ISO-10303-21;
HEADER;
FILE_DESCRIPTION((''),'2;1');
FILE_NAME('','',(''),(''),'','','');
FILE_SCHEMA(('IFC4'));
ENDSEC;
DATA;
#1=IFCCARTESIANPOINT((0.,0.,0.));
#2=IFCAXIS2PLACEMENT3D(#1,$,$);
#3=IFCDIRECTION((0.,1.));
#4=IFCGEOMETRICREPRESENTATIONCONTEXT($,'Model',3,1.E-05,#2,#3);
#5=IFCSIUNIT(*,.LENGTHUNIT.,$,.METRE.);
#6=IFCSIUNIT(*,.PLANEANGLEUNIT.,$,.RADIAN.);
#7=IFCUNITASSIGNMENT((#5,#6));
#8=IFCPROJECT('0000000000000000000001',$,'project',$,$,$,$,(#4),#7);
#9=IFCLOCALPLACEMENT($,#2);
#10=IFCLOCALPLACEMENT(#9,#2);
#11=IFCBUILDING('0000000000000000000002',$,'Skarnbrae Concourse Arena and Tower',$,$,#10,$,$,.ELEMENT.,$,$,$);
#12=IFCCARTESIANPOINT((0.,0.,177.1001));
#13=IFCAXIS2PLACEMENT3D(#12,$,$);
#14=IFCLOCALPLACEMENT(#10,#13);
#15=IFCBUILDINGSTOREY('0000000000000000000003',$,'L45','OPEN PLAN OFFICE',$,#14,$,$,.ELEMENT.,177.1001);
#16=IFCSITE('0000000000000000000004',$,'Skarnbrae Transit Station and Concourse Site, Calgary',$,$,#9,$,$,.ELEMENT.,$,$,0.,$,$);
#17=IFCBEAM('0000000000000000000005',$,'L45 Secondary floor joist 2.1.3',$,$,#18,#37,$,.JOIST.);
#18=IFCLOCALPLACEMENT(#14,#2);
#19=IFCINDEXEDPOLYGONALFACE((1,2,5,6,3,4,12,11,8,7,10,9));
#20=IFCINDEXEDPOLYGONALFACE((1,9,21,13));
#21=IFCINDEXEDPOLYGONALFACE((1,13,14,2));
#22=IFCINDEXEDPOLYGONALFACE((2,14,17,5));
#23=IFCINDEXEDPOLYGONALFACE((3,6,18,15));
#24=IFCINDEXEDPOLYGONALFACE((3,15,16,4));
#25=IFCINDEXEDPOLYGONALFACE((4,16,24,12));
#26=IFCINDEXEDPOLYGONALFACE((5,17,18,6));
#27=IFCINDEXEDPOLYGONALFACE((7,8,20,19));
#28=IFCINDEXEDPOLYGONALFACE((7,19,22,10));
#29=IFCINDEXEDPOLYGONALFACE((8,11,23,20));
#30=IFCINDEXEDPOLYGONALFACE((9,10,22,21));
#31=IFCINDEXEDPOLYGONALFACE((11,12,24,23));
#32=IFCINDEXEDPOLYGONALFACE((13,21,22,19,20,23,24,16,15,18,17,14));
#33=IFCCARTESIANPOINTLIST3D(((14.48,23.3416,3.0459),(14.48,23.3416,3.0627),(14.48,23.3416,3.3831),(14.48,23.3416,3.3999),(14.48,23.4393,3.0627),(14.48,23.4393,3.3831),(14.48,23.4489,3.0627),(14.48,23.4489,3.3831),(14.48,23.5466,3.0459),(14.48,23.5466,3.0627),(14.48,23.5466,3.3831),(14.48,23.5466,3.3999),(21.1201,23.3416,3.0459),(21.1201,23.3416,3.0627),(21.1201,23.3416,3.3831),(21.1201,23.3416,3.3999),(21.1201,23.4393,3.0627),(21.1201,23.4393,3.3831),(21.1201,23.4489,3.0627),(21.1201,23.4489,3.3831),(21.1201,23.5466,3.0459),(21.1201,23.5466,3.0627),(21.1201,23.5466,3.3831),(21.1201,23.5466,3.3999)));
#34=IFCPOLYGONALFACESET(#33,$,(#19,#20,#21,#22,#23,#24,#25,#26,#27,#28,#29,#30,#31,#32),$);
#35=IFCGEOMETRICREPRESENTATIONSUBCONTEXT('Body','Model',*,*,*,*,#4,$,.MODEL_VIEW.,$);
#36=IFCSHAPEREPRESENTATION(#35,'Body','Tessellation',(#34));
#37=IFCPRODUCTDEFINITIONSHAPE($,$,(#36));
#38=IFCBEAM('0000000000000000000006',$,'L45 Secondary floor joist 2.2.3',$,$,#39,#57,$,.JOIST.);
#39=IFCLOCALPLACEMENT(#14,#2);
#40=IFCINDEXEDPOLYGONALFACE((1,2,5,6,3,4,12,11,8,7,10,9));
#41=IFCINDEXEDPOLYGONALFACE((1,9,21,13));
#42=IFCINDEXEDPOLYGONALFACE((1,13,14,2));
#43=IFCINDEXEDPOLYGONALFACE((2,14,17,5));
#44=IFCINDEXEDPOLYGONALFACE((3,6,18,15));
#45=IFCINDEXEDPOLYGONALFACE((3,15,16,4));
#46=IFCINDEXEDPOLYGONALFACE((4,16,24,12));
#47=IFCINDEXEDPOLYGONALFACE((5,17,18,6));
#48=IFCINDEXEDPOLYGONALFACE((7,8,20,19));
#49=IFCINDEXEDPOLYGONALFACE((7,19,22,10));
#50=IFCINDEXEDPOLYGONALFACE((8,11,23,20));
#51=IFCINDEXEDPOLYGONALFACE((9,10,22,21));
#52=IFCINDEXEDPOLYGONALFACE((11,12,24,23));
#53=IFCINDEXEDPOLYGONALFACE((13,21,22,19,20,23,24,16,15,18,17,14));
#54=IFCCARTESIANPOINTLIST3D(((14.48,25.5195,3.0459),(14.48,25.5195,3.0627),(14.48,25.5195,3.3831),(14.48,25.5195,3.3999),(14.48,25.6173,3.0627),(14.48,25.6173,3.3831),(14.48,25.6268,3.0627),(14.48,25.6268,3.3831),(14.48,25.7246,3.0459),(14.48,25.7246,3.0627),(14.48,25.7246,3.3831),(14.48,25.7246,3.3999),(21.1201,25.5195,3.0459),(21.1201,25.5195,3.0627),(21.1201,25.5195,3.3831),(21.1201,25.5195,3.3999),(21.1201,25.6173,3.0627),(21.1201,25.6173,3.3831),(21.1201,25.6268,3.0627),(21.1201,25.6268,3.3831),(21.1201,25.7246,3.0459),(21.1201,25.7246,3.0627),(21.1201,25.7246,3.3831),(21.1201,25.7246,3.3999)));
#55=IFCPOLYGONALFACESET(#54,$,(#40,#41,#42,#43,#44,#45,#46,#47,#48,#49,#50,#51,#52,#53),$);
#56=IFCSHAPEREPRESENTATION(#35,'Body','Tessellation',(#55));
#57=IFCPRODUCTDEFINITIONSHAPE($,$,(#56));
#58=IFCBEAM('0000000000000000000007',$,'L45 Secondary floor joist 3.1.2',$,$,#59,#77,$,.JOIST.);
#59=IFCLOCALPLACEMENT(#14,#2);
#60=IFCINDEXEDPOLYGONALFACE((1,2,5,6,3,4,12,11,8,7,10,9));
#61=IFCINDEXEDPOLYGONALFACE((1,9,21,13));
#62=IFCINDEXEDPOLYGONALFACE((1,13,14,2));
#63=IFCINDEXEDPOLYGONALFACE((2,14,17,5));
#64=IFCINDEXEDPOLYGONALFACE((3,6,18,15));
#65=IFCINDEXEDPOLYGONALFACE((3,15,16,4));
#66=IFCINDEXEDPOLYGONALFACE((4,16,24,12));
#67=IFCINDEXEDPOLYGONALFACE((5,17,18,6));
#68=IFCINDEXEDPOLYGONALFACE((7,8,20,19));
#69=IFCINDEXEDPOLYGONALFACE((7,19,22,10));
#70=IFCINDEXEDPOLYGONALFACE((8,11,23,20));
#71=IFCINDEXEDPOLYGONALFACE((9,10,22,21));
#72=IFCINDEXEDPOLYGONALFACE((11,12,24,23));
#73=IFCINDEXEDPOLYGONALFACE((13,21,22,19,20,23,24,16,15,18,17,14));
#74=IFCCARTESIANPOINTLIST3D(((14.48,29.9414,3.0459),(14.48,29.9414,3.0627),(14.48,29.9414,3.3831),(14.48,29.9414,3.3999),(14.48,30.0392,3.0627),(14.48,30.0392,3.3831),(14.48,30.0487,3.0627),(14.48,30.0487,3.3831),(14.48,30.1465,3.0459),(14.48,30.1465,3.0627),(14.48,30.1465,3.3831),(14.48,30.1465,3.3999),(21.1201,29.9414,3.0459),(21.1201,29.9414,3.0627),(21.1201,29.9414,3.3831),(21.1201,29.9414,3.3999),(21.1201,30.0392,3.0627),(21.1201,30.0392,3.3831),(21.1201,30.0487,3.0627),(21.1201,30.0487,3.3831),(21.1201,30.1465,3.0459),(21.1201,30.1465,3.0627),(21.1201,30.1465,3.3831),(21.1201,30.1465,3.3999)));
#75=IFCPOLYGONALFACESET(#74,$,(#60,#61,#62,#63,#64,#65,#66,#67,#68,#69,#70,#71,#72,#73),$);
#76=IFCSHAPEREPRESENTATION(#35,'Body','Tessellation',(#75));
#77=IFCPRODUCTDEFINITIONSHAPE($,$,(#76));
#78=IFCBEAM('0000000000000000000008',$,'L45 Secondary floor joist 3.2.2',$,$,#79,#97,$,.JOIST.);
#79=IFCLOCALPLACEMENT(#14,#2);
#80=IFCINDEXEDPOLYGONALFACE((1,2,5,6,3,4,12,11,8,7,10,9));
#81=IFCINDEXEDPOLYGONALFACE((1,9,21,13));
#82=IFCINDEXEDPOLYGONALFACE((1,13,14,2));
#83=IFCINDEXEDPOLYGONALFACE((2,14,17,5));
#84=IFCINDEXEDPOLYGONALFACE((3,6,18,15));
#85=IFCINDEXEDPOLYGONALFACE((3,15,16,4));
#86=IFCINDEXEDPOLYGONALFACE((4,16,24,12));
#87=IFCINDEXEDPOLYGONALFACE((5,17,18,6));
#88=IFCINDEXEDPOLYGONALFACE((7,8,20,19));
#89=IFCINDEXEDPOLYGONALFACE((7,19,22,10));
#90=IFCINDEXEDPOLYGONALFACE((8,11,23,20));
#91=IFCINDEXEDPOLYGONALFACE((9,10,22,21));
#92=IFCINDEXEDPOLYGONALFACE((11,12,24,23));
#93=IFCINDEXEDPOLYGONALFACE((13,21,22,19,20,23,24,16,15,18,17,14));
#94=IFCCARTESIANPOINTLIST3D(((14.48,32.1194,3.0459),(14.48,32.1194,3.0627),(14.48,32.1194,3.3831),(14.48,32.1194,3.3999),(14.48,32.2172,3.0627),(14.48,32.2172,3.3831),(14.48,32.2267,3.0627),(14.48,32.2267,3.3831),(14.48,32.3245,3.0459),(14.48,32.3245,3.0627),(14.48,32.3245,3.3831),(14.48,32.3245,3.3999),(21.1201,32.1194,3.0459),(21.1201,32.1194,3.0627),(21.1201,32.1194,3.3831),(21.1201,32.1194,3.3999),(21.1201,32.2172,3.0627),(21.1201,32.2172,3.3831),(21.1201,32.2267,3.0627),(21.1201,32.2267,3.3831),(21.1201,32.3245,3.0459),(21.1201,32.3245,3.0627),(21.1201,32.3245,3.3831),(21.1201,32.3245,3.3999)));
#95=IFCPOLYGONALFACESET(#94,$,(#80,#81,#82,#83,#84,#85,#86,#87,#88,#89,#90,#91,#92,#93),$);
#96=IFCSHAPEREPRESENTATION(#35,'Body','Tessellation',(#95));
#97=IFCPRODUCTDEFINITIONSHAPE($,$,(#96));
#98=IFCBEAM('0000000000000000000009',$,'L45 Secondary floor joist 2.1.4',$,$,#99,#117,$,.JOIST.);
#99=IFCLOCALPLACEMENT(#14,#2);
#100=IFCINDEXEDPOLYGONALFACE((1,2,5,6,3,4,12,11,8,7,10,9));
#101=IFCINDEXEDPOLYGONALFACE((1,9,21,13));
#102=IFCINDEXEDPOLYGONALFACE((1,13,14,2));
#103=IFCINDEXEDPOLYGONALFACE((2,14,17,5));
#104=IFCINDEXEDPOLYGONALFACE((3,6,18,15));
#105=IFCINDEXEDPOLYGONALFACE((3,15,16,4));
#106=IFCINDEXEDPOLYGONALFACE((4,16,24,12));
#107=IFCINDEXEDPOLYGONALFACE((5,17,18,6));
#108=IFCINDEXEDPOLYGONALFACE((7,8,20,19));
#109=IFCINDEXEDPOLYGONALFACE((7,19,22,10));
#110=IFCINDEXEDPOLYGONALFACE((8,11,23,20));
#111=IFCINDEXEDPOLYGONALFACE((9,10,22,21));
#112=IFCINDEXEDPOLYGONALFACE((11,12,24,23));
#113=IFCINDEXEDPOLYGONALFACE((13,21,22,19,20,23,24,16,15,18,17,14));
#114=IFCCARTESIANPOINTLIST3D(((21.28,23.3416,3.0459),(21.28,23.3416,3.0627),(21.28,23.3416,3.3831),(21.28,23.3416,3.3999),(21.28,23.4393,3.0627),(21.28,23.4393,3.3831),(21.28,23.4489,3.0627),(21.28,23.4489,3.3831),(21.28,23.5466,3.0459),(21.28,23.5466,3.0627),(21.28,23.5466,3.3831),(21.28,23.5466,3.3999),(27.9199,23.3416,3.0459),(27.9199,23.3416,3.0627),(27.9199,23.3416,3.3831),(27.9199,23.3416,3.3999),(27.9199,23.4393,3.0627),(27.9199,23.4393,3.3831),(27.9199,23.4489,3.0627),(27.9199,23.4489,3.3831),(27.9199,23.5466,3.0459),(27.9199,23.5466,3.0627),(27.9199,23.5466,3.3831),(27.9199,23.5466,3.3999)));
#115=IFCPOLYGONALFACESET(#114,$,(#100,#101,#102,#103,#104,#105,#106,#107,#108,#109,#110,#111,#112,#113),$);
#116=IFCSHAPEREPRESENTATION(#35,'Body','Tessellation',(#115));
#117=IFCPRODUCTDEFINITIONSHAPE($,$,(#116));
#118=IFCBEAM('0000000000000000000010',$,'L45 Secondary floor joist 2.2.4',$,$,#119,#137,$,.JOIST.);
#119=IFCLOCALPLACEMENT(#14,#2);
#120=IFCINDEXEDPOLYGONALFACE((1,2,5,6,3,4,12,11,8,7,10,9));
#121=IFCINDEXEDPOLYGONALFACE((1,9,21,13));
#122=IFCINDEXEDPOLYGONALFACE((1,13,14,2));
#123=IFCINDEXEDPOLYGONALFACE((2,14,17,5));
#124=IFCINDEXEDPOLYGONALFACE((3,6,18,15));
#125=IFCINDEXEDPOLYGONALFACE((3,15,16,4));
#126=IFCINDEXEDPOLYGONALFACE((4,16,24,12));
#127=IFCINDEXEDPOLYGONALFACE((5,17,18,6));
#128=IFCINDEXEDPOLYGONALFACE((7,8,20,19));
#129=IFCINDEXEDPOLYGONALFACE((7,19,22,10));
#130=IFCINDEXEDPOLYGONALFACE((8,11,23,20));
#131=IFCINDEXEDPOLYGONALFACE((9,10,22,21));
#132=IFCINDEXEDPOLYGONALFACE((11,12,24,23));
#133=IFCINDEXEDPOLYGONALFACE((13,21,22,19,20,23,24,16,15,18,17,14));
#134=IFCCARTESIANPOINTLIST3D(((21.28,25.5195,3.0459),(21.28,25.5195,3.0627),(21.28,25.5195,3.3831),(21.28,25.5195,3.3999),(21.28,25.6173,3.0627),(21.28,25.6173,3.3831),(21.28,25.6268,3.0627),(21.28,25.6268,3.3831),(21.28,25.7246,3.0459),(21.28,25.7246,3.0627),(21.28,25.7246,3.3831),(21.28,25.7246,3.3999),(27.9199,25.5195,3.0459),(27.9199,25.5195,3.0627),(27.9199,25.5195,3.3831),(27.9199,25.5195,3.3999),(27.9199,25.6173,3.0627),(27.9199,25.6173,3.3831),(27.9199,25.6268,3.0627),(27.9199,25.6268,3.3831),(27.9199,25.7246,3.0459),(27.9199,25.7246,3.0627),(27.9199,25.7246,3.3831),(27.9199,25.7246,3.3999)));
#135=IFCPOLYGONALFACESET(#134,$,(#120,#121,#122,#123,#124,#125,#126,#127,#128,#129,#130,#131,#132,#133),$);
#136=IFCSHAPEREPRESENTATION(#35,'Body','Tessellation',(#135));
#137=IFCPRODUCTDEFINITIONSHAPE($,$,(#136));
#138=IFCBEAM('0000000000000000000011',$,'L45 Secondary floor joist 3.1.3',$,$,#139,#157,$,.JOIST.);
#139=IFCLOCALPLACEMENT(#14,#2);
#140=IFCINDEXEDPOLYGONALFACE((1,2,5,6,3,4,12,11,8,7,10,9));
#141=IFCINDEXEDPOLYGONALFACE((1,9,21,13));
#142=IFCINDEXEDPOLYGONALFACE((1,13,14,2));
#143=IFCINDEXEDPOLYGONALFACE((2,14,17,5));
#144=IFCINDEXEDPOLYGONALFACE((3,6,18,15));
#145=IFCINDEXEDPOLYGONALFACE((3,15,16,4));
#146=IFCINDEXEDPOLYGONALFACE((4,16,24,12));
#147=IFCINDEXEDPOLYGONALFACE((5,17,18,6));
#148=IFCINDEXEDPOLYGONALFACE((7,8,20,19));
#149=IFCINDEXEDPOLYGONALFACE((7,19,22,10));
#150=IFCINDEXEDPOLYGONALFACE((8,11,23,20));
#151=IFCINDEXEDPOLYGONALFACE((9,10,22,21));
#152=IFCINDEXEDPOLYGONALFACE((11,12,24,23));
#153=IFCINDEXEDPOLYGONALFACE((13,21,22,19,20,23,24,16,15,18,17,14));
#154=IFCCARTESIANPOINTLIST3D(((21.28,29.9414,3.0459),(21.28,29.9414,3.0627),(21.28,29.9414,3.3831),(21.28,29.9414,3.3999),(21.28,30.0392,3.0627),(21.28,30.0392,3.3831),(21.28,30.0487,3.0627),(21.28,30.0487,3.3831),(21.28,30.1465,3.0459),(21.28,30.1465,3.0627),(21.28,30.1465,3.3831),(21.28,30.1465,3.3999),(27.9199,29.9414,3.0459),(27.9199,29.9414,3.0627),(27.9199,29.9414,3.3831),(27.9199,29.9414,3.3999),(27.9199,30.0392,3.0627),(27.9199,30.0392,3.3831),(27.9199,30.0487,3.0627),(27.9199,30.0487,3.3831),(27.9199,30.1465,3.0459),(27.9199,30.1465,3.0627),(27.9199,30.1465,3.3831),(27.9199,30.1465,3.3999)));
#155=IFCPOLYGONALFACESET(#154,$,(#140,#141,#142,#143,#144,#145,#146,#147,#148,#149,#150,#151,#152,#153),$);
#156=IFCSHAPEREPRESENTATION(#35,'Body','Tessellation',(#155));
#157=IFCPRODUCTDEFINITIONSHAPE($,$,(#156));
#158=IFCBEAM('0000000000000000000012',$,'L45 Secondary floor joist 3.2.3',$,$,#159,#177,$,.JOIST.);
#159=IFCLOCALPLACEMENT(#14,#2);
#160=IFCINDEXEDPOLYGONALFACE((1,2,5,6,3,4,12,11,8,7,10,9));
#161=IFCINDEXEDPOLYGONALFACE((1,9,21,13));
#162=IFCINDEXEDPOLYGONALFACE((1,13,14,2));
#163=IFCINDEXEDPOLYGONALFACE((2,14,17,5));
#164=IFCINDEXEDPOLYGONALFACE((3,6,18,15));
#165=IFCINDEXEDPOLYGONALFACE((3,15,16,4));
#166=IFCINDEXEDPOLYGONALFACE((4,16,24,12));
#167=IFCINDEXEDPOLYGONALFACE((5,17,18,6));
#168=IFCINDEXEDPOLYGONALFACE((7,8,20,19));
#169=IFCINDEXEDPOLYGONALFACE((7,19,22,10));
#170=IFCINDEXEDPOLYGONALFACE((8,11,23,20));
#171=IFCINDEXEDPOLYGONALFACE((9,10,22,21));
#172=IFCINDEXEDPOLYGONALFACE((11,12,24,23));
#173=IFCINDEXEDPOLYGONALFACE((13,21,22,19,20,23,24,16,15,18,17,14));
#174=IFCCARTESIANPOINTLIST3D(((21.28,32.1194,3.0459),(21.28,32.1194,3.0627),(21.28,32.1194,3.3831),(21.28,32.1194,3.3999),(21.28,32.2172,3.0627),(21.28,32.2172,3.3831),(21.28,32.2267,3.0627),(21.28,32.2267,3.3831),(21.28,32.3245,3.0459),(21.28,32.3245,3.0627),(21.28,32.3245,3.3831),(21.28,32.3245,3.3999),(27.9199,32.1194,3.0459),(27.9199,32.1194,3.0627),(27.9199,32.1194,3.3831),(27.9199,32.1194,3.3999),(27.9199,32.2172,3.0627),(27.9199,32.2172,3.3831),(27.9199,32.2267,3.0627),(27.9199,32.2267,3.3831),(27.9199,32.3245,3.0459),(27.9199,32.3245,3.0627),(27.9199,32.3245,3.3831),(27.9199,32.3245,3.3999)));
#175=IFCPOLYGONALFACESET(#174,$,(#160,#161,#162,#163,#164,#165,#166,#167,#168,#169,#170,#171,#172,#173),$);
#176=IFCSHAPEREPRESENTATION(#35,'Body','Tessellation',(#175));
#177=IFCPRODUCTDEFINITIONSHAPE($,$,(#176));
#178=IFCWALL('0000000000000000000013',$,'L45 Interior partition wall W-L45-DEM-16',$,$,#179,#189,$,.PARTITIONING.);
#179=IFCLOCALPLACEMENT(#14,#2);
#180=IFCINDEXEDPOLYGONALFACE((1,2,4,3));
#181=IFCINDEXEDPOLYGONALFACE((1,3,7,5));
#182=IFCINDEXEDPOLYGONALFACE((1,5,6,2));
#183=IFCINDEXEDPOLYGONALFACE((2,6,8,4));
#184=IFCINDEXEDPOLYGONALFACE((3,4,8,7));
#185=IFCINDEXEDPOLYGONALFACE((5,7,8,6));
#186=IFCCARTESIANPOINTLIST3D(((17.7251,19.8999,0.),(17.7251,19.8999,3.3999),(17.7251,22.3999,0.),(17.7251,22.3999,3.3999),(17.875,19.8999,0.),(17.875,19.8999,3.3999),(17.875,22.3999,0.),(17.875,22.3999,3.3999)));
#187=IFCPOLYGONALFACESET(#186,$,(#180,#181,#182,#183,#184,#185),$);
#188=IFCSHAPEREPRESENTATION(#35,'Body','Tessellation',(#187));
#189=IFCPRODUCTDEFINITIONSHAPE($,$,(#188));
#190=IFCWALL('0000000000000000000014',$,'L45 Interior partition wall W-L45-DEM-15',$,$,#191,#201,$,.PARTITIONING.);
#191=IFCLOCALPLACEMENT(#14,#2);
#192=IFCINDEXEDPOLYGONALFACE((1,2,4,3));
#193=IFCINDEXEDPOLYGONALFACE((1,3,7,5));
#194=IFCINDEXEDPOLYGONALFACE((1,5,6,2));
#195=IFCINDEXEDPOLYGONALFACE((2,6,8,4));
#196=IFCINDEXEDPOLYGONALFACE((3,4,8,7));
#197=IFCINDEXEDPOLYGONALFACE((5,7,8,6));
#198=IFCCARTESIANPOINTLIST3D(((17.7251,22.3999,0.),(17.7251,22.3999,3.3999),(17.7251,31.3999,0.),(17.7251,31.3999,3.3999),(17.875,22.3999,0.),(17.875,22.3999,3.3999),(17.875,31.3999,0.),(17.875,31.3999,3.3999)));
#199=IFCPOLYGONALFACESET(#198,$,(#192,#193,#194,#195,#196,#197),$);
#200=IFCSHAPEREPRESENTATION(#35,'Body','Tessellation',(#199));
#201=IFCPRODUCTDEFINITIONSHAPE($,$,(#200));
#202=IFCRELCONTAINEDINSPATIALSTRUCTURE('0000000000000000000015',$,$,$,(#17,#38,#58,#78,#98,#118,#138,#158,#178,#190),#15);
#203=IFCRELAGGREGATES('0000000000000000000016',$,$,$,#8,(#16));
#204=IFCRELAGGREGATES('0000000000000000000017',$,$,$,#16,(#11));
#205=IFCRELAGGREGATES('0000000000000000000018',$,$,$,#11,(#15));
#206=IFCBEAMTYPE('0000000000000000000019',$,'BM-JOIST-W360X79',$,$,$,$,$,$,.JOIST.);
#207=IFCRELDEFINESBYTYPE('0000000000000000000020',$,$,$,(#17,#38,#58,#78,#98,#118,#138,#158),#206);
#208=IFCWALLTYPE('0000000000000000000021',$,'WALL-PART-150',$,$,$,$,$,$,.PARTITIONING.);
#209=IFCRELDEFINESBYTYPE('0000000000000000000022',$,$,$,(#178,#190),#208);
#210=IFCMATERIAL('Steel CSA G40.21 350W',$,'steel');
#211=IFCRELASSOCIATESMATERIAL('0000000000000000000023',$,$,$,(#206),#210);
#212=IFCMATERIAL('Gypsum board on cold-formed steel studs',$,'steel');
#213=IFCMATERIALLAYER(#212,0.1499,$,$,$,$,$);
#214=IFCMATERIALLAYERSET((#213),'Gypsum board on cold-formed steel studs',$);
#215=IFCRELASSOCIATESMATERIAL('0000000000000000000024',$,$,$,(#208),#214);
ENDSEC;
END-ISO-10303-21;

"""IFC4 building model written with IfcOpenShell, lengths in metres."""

from ifc_helpers import new_model, si_unit, direction, frame, frame_2d, origin, origin_2d, place, context, subcontext, project, spatial, rectangle, i_section, extrude, source, transform, mapped, material, layer, layer_set, material_profile, profile_set, type_object, element, save


model = new_model("IFC4")

# Units and contexts
model_context = context("Model", 3, precision=1e-05, world=origin(), true_north=direction((0.0, 1.0)))
body_context = subcontext(model_context, "Body", "Model", "MODEL_VIEW")
ifc_project = project(units=[si_unit("LENGTHUNIT", "METRE"), si_unit("PLANEANGLEUNIT", "RADIAN")], contexts=[model_context])

# Site, building, storey
site_placement = place(None, origin())
site = spatial("IfcSite", under=ifc_project, at=site_placement, Name="Skarnbrae Transit Station and Concourse Site, Calgary", CompositionType="ELEMENT", RefElevation=0.0)
building_placement = place(site_placement, origin())
building = spatial("IfcBuilding", under=site, at=building_placement, Name="Skarnbrae Concourse Arena and Tower", CompositionType="ELEMENT")
storey_placement = place(building_placement, frame((0.0, 0.0, 177.1001)))
storey = spatial("IfcBuildingStorey", under=building, at=storey_placement, Name="L45", Description="OPEN PLAN OFFICE", CompositionType="ELEMENT", Elevation=177.1001)

# Shared definitions
ifc_material_1 = material(Name="Steel CSA G40.21 350W", Category="steel")

# Beams
ifc_material_profile_1 = material_profile(ifc_material_1, i_section(OverallWidth=0.2051, OverallDepth=0.354, WebThickness=0.0095, FlangeThickness=0.0168, at=origin_2d()), Name="W360X79")
ifc_profile_set_1 = profile_set([ifc_material_profile_1], Name="Steel CSA G40.21 350W")
beam_type_1 = type_object("IfcBeamType", Name="BM-JOIST-W360X79", PredefinedType="JOIST", material=ifc_profile_set_1)
shared_shape_1 = source(origin(), body_context, "Body", "SweptSolid", [
    extrude(i_section(OverallWidth=0.2051, OverallDepth=0.354, WebThickness=0.0095, FlangeThickness=0.0168, at=origin_2d()), origin(), (0.0, 0.0, 1.0), 6.6401),
])
for number, where, z_axis, x_axis, name in (
    (1, (14.48, 23.4441, 3.2229), (1.0, 0.0, 0.0), (0.0, 1.0, 0.0), "L45 Secondary floor joist 2.1.3"),
    (2, (14.48, 25.6221, 3.2229), (1.0, 0.0, 0.0), (0.0, 1.0, 0.0), "L45 Secondary floor joist 2.2.3"),
    (3, (14.48, 30.0439, 3.2229), (1.0, 0.0, 0.0), (0.0, 1.0, 0.0), "L45 Secondary floor joist 3.1.2"),
    (4, (14.48, 32.2219, 3.2229), (1.0, 0.0, 0.0), (0.0, 1.0, 0.0), "L45 Secondary floor joist 3.2.2"),
):
    element("IfcBeam", number, at=place(storey_placement, frame(where, z_axis=z_axis, x_axis=x_axis)), inside=storey, type_object=beam_type_1, Name=name, PredefinedType="JOIST", context=body_context, shape_type="MappedRepresentation", body=[
        mapped(shared_shape_1, transform((0.0, 0.0, 0.0))),
    ])
shared_shape_2 = source(origin(), body_context, "Body", "SweptSolid", [
    extrude(i_section(OverallWidth=0.2051, OverallDepth=0.354, WebThickness=0.0095, FlangeThickness=0.0168, at=origin_2d()), origin(), (0.0, 0.0, 1.0), 6.6399),
])
for number, where, z_axis, x_axis, name in (
    (5, (21.28, 23.4441, 3.2229), (1.0, 0.0, 0.0), (0.0, 1.0, 0.0), "L45 Secondary floor joist 2.1.4"),
    (6, (21.28, 25.6221, 3.2229), (1.0, 0.0, 0.0), (0.0, 1.0, 0.0), "L45 Secondary floor joist 2.2.4"),
    (7, (21.28, 30.0439, 3.2229), (1.0, 0.0, 0.0), (0.0, 1.0, 0.0), "L45 Secondary floor joist 3.1.3"),
    (8, (21.28, 32.2219, 3.2229), (1.0, 0.0, 0.0), (0.0, 1.0, 0.0), "L45 Secondary floor joist 3.2.3"),
):
    element("IfcBeam", number, at=place(storey_placement, frame(where, z_axis=z_axis, x_axis=x_axis)), inside=storey, type_object=beam_type_1, Name=name, PredefinedType="JOIST", context=body_context, shape_type="MappedRepresentation", body=[
        mapped(shared_shape_2, transform((0.0, 0.0, 0.0))),
    ])

# Walls
ifc_material_2 = material(Name="Gypsum board on cold-formed steel studs", Category="steel")
ifc_layer = layer(ifc_material_2, 0.1499)
ifc_layer_set = layer_set([ifc_layer], Name="Gypsum board on cold-formed steel studs")
wall_type = type_object("IfcWallType", Name="WALL-PART-150", PredefinedType="PARTITIONING", material=ifc_layer_set)
shared_shape_3 = source(origin(), body_context, "Body", "SweptSolid", [
    extrude(rectangle(XDim=2.5, YDim=0.1499, at=frame_2d((1.25, 0.0))), origin(), (0.0, 0.0, 1.0), 3.3999),
])
wall_1_placement = place(storey_placement, frame((17.8, 22.3999, 0.0), z_axis=(0.0, 0.0, 1.0), x_axis=(0.0, -1.0, 0.0)))
element("IfcWall", 9, at=wall_1_placement, inside=storey, type_object=wall_type, Name="L45 Interior partition wall W-L45-DEM-16", PredefinedType="PARTITIONING", context=body_context, shape_type="MappedRepresentation", body=[
    mapped(shared_shape_3, transform((0.0, 0.0, 0.0))),
])
shared_shape_4 = source(origin(), body_context, "Body", "SweptSolid", [
    extrude(rectangle(XDim=9.0, YDim=0.1499, at=frame_2d((4.5, 0.0))), origin(), (0.0, 0.0, 1.0), 3.3999),
])
wall_2_placement = place(storey_placement, frame((17.8, 31.3999, 0.0), z_axis=(0.0, 0.0, 1.0), x_axis=(0.0, -1.0, 0.0)))
element("IfcWall", 10, at=wall_2_placement, inside=storey, type_object=wall_type, Name="L45 Interior partition wall W-L45-DEM-15", PredefinedType="PARTITIONING", context=body_context, shape_type="MappedRepresentation", body=[
    mapped(shared_shape_4, transform((0.0, 0.0, 0.0))),
])

save(model, "model.ifc")
